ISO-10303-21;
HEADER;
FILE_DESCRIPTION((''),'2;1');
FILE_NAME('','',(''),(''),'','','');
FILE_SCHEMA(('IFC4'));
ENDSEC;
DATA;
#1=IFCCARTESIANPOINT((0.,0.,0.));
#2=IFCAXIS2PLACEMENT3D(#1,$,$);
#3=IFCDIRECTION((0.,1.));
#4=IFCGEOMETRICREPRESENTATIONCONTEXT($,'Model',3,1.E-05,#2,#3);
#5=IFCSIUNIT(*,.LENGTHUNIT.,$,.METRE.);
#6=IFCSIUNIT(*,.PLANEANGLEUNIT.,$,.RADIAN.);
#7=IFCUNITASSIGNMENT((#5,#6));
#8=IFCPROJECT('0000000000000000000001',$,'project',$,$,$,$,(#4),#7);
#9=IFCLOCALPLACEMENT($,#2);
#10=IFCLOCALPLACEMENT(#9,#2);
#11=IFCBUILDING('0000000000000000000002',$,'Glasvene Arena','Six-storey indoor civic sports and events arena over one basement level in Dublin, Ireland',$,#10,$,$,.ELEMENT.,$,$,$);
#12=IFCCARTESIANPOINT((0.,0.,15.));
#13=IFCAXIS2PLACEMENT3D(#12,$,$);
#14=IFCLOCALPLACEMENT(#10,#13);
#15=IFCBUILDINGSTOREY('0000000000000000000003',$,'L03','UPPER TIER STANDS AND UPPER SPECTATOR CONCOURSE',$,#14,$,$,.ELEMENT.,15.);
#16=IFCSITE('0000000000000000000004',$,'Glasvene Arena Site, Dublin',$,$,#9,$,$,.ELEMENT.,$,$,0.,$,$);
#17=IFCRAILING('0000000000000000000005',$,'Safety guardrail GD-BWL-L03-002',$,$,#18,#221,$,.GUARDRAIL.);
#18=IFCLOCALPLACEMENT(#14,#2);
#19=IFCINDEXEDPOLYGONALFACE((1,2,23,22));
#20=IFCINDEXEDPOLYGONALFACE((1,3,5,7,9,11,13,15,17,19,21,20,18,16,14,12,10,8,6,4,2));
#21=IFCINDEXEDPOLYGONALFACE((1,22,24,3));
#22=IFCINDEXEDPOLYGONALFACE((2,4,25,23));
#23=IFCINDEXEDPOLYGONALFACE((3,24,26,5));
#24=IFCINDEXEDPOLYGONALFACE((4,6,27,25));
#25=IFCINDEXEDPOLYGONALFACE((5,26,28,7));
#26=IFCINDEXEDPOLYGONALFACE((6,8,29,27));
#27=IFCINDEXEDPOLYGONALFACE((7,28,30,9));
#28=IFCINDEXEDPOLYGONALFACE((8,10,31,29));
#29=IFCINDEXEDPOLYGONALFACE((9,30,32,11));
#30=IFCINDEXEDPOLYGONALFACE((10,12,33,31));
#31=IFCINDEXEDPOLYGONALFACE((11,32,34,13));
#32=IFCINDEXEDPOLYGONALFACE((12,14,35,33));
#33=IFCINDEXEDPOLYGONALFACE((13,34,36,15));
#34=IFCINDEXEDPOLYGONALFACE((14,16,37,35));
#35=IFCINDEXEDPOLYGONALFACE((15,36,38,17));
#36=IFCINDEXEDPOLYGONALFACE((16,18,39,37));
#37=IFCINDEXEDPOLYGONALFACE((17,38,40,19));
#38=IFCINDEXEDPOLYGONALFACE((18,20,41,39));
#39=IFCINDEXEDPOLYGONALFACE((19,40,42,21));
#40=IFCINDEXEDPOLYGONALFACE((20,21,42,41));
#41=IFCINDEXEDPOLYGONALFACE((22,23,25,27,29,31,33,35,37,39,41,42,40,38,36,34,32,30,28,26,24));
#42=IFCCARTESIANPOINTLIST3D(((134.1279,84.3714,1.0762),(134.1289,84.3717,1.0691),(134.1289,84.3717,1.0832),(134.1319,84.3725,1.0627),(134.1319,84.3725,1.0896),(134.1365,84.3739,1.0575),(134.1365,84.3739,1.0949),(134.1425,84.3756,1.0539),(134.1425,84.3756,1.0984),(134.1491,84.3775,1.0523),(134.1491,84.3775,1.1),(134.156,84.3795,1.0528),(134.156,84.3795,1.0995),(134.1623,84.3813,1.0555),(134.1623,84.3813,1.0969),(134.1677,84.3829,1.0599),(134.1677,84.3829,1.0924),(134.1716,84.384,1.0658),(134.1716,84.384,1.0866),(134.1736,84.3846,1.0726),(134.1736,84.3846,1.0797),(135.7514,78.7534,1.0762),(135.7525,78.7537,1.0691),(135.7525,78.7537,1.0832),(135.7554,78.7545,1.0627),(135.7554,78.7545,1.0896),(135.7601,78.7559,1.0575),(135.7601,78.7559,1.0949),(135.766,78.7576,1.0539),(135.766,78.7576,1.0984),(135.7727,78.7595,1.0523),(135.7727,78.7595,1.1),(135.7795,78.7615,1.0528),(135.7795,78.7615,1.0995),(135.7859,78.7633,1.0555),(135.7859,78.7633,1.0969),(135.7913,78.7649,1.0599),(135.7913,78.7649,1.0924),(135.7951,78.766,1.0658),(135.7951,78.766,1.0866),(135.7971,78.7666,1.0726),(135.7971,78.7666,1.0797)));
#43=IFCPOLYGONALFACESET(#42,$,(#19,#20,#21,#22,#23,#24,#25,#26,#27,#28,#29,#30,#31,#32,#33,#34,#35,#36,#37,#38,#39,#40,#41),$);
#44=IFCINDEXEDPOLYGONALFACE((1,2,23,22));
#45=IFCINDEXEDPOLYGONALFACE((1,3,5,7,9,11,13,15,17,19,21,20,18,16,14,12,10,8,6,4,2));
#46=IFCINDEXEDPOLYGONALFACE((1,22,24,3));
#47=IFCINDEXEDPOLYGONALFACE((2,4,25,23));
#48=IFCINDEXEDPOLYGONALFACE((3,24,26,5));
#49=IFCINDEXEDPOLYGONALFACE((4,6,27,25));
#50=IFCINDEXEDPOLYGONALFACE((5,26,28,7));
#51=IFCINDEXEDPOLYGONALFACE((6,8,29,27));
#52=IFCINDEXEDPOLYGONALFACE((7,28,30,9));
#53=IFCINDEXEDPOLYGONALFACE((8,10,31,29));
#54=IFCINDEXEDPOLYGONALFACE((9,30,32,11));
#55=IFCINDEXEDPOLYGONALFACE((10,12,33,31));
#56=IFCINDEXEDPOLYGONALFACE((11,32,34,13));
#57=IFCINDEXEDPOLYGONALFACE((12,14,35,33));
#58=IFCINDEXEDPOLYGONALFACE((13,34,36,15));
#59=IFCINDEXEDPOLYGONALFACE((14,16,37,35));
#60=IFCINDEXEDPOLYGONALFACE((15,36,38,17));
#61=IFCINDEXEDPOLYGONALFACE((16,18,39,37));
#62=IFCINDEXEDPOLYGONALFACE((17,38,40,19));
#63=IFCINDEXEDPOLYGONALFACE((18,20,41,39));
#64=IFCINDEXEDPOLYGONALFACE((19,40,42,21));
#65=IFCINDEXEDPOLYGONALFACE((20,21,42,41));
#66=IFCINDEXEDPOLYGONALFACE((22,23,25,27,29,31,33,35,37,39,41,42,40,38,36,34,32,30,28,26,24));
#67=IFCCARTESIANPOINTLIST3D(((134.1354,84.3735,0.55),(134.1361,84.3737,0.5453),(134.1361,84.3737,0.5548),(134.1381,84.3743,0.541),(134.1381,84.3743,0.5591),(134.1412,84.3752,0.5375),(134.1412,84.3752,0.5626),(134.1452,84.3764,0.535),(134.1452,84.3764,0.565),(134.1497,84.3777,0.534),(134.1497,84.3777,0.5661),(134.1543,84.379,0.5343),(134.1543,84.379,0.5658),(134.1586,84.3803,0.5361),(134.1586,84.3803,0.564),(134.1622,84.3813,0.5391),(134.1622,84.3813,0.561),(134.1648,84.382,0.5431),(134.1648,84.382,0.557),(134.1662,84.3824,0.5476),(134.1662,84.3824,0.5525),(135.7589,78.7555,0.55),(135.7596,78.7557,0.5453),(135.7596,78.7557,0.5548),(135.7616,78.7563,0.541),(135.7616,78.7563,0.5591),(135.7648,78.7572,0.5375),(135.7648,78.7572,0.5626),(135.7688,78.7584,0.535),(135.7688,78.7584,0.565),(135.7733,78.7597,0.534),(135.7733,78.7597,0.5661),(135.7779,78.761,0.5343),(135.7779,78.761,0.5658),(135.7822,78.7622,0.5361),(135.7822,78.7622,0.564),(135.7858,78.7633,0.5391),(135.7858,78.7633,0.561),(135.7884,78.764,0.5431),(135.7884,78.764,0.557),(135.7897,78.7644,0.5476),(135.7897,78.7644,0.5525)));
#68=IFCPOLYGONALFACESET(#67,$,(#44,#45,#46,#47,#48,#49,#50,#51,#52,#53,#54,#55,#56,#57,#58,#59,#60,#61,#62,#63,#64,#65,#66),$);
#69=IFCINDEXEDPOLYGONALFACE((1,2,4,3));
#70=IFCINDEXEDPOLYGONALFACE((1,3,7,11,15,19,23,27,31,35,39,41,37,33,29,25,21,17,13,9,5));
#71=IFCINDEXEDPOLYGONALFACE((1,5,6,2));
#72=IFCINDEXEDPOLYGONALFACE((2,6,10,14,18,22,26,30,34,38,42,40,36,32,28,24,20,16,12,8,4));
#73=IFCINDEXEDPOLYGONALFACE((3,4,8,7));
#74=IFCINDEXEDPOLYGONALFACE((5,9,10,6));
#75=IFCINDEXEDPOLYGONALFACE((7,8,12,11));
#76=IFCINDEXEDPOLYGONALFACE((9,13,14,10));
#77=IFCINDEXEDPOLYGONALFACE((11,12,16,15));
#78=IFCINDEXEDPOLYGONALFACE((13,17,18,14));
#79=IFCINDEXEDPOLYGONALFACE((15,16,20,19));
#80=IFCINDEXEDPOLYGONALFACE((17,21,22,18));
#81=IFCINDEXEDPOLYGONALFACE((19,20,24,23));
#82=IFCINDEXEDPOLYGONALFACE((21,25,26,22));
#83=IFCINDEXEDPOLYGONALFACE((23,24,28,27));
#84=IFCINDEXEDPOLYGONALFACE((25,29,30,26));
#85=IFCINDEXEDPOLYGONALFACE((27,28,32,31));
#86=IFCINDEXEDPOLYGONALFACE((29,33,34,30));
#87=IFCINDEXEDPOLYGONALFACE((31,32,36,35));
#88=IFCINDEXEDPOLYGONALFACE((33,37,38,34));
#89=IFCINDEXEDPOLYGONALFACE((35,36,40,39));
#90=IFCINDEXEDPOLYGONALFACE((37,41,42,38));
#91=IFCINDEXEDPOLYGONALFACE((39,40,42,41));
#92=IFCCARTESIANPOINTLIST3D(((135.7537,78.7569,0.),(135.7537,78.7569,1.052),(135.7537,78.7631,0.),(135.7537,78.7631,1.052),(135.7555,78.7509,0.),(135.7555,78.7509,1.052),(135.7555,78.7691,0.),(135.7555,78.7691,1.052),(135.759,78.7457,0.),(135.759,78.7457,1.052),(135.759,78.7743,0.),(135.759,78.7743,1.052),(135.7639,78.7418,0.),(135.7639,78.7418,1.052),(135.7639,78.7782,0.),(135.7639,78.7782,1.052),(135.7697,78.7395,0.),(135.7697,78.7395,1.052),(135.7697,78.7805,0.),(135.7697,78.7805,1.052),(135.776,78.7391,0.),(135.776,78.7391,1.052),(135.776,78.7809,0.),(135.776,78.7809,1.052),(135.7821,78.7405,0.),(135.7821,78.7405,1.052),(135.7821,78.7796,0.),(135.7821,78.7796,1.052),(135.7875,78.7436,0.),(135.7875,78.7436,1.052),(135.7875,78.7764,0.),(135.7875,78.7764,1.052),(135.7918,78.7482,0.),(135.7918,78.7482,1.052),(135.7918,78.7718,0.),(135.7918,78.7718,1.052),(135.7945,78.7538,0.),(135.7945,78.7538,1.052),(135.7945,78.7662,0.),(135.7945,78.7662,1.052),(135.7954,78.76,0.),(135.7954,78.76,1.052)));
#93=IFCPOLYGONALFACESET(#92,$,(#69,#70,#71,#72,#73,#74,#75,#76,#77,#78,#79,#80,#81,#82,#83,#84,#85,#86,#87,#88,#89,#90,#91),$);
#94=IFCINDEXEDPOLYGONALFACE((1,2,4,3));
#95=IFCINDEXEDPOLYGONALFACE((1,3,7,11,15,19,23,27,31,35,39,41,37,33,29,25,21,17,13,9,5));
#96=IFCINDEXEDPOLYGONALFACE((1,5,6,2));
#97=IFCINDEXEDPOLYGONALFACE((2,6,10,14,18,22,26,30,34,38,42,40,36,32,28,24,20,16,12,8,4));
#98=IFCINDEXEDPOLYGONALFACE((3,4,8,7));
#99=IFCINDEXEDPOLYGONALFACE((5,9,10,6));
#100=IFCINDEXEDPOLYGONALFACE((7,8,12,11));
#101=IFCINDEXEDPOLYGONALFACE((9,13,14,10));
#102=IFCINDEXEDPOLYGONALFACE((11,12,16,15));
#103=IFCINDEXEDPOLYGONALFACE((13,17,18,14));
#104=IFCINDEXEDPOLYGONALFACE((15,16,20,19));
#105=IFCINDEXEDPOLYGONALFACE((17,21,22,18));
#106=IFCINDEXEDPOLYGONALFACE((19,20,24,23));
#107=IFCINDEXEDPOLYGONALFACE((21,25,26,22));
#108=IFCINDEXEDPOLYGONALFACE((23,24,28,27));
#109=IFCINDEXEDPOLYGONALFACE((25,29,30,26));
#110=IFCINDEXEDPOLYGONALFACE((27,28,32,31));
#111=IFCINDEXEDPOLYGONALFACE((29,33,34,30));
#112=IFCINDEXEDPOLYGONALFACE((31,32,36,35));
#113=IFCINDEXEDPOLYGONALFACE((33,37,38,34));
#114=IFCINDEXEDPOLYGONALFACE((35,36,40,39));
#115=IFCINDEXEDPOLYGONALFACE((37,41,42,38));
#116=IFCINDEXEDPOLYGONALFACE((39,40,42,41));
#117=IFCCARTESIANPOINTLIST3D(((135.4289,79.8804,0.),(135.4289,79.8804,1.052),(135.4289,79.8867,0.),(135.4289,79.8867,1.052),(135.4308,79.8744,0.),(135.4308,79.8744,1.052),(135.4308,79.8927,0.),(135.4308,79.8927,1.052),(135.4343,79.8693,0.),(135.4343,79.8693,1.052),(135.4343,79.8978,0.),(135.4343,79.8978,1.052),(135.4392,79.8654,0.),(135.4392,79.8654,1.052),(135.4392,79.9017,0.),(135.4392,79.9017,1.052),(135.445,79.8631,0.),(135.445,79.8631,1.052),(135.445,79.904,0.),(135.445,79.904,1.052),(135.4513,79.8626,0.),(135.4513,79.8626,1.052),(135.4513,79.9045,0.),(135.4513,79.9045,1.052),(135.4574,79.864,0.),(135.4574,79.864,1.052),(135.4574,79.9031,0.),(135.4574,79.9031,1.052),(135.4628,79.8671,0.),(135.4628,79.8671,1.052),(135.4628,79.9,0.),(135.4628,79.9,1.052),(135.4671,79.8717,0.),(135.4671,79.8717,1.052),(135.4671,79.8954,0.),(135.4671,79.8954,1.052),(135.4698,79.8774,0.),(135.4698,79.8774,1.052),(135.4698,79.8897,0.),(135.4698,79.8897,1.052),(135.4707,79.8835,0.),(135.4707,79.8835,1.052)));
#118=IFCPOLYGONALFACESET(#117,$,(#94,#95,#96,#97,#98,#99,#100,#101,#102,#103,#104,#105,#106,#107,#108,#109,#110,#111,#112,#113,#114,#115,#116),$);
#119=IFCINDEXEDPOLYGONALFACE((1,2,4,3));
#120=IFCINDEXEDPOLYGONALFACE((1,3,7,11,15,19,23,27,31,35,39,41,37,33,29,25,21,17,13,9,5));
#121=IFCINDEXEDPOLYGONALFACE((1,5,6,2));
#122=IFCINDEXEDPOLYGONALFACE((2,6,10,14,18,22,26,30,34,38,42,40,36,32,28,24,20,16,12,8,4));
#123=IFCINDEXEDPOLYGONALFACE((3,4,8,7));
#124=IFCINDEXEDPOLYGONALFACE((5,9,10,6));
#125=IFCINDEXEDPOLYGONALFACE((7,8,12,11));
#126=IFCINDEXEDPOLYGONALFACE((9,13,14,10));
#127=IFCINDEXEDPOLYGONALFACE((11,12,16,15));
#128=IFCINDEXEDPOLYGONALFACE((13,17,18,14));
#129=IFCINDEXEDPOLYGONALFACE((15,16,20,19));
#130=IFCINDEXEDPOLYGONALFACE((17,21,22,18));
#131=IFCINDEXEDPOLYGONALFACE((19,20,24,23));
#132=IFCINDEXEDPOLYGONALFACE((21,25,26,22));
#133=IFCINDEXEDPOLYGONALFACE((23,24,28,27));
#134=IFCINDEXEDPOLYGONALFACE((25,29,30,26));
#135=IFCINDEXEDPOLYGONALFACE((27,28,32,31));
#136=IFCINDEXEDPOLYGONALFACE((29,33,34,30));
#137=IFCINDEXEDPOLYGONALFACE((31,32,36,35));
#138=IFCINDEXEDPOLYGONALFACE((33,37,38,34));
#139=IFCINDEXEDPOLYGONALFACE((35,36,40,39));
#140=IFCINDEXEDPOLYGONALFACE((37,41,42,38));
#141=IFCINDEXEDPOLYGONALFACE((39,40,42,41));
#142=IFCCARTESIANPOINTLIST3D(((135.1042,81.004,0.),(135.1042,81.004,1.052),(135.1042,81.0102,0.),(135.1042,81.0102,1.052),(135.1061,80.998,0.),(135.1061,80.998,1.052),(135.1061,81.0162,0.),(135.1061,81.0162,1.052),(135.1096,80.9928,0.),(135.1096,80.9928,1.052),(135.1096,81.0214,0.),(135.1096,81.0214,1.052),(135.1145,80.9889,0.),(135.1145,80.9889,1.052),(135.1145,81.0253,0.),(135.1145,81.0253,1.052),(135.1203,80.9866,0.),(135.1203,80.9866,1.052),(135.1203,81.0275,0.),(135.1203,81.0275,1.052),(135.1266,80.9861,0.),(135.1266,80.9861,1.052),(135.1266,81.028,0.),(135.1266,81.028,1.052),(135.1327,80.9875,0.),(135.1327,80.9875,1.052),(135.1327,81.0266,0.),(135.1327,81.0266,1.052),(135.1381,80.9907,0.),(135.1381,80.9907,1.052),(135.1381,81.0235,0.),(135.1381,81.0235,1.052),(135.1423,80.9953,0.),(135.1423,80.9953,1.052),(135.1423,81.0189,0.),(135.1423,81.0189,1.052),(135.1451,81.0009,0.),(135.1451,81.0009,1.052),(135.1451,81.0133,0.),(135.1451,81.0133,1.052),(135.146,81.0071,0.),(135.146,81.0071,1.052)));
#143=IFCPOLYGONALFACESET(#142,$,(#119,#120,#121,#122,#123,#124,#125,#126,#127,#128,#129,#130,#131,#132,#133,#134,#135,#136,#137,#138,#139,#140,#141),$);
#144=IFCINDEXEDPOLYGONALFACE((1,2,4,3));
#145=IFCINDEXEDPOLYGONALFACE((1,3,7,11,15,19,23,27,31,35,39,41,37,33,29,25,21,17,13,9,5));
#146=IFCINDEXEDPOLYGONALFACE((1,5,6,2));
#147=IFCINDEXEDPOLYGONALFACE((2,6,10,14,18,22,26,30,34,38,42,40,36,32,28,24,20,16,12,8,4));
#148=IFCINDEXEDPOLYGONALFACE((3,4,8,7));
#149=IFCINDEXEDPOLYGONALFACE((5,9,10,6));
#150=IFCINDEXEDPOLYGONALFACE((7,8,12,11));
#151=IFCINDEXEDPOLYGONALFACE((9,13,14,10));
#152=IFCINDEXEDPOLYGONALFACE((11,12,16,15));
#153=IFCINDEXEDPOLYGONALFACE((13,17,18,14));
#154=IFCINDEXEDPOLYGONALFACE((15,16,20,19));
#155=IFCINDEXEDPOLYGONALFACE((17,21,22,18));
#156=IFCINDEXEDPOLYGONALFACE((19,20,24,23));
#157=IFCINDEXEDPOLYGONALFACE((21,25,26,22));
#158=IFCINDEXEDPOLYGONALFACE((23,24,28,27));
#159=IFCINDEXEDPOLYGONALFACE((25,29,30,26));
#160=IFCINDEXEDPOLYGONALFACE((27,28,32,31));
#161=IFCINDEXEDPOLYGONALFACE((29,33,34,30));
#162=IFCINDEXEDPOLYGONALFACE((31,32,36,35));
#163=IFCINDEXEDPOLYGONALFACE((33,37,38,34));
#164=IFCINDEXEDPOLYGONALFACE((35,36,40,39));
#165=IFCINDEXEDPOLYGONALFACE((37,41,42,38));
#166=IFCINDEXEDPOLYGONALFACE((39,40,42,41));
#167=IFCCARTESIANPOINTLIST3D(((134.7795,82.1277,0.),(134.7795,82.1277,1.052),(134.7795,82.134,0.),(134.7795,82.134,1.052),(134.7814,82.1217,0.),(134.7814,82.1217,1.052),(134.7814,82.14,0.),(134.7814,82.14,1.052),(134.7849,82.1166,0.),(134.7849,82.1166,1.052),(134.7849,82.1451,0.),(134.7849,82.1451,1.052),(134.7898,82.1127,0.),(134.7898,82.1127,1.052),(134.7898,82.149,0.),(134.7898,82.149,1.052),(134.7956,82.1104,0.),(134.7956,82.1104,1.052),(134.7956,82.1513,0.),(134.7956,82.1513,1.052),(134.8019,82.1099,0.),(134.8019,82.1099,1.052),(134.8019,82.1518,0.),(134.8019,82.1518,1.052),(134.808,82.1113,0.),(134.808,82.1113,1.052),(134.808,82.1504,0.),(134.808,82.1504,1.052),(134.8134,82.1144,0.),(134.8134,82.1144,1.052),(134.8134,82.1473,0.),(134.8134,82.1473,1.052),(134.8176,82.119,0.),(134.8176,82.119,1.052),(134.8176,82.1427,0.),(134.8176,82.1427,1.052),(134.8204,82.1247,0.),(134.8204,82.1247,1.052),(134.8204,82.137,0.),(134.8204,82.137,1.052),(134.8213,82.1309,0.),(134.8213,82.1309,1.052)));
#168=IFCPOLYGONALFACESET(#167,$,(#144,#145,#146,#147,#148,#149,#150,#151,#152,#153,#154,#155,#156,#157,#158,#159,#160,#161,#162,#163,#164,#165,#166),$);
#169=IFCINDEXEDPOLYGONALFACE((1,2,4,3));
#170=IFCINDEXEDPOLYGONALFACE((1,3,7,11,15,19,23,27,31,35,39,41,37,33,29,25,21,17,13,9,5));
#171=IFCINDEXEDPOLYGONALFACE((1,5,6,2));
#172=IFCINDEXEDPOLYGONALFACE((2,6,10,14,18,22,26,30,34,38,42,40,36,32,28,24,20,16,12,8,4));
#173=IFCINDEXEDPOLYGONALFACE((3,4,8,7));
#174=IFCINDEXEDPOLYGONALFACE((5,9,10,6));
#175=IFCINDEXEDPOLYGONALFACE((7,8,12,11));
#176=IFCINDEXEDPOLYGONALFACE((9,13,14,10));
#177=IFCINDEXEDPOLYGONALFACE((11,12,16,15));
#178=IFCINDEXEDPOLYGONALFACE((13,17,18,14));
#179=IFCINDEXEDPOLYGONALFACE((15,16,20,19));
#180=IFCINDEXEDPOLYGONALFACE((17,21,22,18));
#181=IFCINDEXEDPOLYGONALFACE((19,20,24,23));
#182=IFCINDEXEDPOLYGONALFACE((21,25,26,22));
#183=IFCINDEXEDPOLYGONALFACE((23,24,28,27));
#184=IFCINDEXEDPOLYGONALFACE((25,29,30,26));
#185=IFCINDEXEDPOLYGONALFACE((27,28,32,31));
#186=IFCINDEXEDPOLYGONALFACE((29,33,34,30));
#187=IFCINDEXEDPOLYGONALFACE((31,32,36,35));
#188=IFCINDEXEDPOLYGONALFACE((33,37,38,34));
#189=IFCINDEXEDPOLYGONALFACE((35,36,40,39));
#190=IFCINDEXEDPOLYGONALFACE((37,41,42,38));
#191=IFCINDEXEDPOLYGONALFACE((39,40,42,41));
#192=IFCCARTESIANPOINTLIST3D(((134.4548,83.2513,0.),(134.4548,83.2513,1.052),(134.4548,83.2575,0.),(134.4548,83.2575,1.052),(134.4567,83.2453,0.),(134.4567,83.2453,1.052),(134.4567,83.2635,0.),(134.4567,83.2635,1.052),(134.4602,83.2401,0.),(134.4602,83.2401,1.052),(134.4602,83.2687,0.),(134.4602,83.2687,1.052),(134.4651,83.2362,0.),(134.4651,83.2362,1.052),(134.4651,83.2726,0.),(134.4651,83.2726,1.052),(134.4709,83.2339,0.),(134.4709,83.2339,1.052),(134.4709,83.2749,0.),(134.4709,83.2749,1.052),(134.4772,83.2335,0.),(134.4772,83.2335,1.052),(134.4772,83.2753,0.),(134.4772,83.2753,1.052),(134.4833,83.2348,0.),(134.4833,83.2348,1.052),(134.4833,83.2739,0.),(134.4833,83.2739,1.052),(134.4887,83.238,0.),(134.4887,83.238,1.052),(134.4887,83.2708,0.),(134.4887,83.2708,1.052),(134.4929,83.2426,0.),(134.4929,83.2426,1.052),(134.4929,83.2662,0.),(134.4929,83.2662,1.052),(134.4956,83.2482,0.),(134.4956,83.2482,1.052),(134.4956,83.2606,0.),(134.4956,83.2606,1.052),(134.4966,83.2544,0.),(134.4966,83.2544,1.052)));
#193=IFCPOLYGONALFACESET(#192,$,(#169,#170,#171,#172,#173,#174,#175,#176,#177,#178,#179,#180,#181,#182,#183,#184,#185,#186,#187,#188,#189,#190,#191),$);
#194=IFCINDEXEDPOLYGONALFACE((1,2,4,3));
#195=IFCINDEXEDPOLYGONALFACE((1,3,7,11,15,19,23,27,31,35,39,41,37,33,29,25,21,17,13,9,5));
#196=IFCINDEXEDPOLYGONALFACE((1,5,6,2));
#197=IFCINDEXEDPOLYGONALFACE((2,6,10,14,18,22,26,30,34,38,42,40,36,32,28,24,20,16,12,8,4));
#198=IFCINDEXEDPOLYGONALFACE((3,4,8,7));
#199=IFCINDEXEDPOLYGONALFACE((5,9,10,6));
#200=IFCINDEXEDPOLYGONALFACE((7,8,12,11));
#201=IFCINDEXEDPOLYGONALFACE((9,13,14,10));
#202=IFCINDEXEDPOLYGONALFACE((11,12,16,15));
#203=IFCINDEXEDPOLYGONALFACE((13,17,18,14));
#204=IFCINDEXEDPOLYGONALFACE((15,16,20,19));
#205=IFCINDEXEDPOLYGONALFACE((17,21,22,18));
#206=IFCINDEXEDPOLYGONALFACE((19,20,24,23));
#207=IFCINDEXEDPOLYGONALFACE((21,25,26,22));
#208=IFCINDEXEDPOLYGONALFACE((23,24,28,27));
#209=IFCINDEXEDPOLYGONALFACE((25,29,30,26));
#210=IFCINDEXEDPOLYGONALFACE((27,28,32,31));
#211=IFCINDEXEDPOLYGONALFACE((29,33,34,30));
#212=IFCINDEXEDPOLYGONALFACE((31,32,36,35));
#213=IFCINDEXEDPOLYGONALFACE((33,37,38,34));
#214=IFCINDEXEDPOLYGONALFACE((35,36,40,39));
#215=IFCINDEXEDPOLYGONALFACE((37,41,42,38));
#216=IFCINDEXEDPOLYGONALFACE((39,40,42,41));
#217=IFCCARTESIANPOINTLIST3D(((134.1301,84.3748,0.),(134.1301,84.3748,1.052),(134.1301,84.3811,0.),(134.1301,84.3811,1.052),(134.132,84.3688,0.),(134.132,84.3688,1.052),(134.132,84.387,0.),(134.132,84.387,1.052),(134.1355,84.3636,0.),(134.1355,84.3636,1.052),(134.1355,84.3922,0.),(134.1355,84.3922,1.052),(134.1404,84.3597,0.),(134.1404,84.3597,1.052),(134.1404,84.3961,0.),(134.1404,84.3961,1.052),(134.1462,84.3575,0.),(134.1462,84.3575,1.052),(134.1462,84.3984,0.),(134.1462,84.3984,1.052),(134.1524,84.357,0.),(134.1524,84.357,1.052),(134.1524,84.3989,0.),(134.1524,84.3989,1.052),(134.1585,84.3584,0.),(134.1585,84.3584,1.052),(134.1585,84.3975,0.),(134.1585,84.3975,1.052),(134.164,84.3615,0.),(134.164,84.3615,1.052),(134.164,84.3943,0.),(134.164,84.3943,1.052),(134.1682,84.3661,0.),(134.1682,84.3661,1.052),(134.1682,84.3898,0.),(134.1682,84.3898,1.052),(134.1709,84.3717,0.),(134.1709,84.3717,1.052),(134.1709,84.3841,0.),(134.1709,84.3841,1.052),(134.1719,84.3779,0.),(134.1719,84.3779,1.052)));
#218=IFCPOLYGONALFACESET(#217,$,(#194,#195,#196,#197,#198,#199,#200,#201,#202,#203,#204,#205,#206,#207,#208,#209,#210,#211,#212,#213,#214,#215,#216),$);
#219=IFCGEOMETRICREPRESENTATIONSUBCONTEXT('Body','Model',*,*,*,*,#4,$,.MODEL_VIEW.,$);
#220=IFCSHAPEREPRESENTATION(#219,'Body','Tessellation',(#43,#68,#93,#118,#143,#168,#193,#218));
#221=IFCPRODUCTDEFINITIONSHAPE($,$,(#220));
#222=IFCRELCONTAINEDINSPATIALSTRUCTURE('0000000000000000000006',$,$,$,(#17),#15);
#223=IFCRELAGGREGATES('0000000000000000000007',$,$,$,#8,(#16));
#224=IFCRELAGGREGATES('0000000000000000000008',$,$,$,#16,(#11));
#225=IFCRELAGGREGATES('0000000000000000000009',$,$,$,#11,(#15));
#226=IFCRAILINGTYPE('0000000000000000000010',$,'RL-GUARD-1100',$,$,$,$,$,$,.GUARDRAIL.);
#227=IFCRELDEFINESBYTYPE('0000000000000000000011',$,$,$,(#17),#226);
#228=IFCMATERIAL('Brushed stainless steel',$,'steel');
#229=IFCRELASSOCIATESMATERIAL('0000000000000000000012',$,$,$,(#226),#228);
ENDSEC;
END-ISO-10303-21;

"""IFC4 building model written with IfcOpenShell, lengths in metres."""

from ifc_helpers import new_model, si_unit, direction, frame, origin, origin_2d, place, context, subcontext, project, spatial, circle, extrude, material, type_object, element, save


model = new_model("IFC4")

# Units and contexts
model_context = context("Model", 3, precision=1e-05, world=origin(), true_north=direction((0.0, 1.0)))
body_context = subcontext(model_context, "Body", "Model", "MODEL_VIEW")
ifc_project = project(units=[si_unit("LENGTHUNIT", "METRE"), si_unit("PLANEANGLEUNIT", "RADIAN")], contexts=[model_context])

# Site, building, storey
site_placement = place(None, origin())
site = spatial("IfcSite", under=ifc_project, at=site_placement, Name="Glasvene Arena Site, Dublin", CompositionType="ELEMENT", RefElevation=0.0)
building_placement = place(site_placement, origin())
building = spatial("IfcBuilding", under=site, at=building_placement, Name="Glasvene Arena", Description="Six-storey indoor civic sports and events arena over one basement level in Dublin, Ireland", CompositionType="ELEMENT")
storey_placement = place(building_placement, frame((0.0, 0.0, 15.0)))
storey = spatial("IfcBuildingStorey", under=building, at=storey_placement, Name="L03", Description="UPPER TIER STANDS AND UPPER SPECTATOR CONCOURSE", CompositionType="ELEMENT", Elevation=15.0)

# Railing
ifc_material_1 = material(Name="Brushed stainless steel", Category="steel")
railing_type = type_object("IfcRailingType", Name="RL-GUARD-1100", PredefinedType="GUARDRAIL", material=ifc_material_1)
railing_1_placement = place(storey_placement, frame((135.7744, 78.76, 0.0)))
element("IfcRailing", 1, at=railing_1_placement, inside=storey, type_object=railing_type, Name="Safety guardrail GD-BWL-L03-002", PredefinedType="GUARDRAIL", context=body_context, shape_type="SweptSolid", body=[
    extrude(circle(Radius=0.0239, at=origin_2d()), frame((0.0, 0.0, 1.0762), z_axis=(-0.277631, 0.960688, 0.0), x_axis=(-0.960688, -0.277631, 0.0)), (0.0, 0.0, 1.0), 5.8479),
    extrude(circle(Radius=0.0161, at=origin_2d()), frame((0.0, 0.0, 0.55), z_axis=(-0.277631, 0.960688, 0.0), x_axis=(-0.960688, -0.277631, 0.0)), (0.0, 0.0, 1.0), 5.8479),
    extrude(circle(Radius=0.021, at=origin_2d()), origin(), (0.0, 0.0, 1.0), 1.052),
    extrude(circle(Radius=0.021, at=origin_2d()), frame((-0.3247, 1.1235, 0.0)), (0.0, 0.0, 1.0), 1.052),
    extrude(circle(Radius=0.021, at=origin_2d()), frame((-0.6494, 2.2471, 0.0)), (0.0, 0.0, 1.0), 1.052),
    extrude(circle(Radius=0.021, at=origin_2d()), frame((-0.9741, 3.3708, 0.0)), (0.0, 0.0, 1.0), 1.052),
    extrude(circle(Radius=0.021, at=origin_2d()), frame((-1.2988, 4.4944, 0.0)), (0.0, 0.0, 1.0), 1.052),
    extrude(circle(Radius=0.021, at=origin_2d()), frame((-1.6235, 5.6179, 0.0)), (0.0, 0.0, 1.0), 1.052),
])

save(model, "model.ifc")
